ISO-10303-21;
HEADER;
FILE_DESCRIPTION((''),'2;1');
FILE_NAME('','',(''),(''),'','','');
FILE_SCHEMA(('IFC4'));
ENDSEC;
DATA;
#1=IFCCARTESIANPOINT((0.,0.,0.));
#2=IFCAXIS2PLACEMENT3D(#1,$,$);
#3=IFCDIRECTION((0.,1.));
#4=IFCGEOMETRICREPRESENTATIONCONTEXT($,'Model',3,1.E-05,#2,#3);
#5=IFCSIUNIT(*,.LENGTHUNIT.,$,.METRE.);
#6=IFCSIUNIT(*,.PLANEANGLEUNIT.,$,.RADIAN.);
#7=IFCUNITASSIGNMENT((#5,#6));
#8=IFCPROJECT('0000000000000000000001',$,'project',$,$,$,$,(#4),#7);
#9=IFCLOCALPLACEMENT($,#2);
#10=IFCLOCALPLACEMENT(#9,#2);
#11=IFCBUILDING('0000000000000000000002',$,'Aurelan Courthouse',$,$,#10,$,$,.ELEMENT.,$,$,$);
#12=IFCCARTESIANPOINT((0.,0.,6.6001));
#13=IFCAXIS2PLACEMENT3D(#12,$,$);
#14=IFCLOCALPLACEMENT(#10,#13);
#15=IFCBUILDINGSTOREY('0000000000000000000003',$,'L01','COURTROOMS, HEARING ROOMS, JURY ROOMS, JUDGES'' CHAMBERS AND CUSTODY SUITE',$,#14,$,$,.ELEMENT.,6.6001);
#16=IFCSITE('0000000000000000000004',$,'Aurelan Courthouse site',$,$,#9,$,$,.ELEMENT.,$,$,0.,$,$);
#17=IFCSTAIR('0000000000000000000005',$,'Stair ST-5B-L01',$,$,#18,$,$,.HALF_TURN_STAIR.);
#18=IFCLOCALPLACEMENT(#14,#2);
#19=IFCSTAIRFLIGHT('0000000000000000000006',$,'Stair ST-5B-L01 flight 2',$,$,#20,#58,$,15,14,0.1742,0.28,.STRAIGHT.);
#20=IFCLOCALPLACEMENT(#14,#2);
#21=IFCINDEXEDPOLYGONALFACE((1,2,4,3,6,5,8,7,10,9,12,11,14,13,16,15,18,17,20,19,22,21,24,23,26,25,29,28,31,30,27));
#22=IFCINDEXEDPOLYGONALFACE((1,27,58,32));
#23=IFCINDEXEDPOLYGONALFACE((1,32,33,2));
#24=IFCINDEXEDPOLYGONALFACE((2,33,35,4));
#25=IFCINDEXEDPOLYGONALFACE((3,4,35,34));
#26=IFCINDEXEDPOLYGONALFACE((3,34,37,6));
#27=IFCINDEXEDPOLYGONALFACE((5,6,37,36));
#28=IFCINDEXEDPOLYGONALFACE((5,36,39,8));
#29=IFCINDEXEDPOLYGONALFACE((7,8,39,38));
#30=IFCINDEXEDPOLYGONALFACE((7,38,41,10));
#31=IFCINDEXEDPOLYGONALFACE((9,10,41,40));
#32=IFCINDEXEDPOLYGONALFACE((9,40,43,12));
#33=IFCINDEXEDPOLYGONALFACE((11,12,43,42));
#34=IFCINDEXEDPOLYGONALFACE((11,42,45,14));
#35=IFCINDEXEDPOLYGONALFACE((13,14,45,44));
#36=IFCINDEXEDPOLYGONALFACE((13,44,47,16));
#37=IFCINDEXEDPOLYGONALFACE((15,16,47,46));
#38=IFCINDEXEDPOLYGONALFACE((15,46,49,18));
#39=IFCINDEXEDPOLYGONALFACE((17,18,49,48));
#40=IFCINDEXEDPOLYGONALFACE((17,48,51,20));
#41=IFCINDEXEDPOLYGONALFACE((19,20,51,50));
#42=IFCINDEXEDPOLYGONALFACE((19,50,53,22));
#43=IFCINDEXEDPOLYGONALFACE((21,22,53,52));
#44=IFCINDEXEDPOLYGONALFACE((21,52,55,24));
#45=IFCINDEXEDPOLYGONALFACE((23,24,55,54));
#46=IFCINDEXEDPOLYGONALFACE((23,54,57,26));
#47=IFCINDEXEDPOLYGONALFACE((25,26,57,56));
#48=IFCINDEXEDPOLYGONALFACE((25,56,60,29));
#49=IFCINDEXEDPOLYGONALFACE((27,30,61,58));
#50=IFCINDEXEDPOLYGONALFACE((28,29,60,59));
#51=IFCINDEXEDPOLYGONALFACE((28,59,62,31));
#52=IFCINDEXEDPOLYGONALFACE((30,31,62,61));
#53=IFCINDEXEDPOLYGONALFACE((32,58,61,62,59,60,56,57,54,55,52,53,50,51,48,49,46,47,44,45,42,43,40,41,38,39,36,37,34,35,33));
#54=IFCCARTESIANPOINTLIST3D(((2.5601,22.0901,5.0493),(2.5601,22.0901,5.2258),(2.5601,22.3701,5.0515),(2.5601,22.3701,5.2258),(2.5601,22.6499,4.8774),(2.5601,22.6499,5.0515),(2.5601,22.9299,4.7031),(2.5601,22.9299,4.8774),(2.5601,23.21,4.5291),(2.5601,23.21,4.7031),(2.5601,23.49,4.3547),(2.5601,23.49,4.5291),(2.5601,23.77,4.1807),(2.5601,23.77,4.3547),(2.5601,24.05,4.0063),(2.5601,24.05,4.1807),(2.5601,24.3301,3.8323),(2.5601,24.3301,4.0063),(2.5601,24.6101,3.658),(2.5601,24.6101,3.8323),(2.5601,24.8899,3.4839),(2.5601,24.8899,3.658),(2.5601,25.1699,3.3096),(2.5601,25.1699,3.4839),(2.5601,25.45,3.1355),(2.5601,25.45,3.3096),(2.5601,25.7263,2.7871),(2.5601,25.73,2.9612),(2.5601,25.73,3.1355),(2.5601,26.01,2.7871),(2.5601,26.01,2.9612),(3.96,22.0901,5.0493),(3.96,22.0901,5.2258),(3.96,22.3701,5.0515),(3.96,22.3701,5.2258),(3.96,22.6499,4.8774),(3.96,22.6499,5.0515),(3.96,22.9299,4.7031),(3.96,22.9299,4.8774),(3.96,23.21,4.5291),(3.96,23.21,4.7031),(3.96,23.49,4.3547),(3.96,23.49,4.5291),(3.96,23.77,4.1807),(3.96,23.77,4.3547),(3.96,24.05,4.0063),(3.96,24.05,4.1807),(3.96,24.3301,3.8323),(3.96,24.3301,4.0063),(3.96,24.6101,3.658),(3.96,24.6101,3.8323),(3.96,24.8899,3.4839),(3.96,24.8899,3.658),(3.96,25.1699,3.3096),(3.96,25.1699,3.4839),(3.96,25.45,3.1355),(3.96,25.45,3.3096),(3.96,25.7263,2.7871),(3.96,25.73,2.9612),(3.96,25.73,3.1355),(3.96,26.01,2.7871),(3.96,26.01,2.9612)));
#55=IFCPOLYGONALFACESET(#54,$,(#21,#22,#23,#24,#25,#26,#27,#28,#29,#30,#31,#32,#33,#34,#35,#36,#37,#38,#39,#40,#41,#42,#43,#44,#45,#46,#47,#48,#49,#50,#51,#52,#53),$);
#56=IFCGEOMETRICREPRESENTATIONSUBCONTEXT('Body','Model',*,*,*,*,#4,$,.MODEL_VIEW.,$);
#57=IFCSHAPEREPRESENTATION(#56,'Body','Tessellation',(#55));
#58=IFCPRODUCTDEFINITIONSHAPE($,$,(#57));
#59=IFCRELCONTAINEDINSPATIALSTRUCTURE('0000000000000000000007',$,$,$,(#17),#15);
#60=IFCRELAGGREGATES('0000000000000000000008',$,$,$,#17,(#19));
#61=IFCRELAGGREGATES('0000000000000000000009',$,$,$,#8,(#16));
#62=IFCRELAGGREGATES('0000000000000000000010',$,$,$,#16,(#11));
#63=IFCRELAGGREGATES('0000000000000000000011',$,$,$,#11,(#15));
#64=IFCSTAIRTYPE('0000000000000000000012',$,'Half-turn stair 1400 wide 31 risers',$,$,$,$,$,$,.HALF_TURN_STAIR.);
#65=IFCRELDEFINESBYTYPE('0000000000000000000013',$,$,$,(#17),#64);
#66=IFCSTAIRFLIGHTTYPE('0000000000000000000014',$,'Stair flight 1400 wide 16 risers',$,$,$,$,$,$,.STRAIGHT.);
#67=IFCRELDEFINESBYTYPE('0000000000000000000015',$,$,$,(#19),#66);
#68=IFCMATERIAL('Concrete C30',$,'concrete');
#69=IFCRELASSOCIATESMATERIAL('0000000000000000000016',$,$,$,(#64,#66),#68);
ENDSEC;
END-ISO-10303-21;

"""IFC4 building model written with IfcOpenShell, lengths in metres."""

from ifc_helpers import new_model, si_unit, direction, frame, origin, place, context, subcontext, project, spatial, polyline, outline, extrude, material, type_object, element, aggregate, save


model = new_model("IFC4")

# Units and contexts
model_context = context("Model", 3, precision=1e-05, world=origin(), true_north=direction((0.0, 1.0)))
body_context = subcontext(model_context, "Body", "Model", "MODEL_VIEW")
ifc_project = project(units=[si_unit("LENGTHUNIT", "METRE"), si_unit("PLANEANGLEUNIT", "RADIAN")], contexts=[model_context])

# Site, building, storey
site_placement = place(None, origin())
site = spatial("IfcSite", under=ifc_project, at=site_placement, Name="Aurelan Courthouse site", CompositionType="ELEMENT", RefElevation=0.0)
building_placement = place(site_placement, origin())
building = spatial("IfcBuilding", under=site, at=building_placement, Name="Aurelan Courthouse", CompositionType="ELEMENT")
storey_placement = place(building_placement, frame((0.0, 0.0, 6.6001)))
storey = spatial("IfcBuildingStorey", under=building, at=storey_placement, Name="L01", Description="COURTROOMS, HEARING ROOMS, JURY ROOMS, JUDGES' CHAMBERS AND CUSTODY SUITE", CompositionType="ELEMENT", Elevation=6.6001)

# Shared definitions
ifc_material_1 = material(Name="Concrete C30", Category="concrete")

# Stair, stair flight
stair_type = type_object("IfcStairType", Name="Half-turn stair 1400 wide 31 risers", PredefinedType="HALF_TURN_STAIR", material=ifc_material_1)
stair_placement = place(storey_placement, origin())
stair = element("IfcStair", 1, at=stair_placement, inside=storey, type_object=stair_type, Name="Stair ST-5B-L01", PredefinedType="HALF_TURN_STAIR")
stair_flight_type = type_object("IfcStairFlightType", Name="Stair flight 1400 wide 16 risers", PredefinedType="STRAIGHT", material=ifc_material_1)
stair_flight_placement = place(storey_placement, frame((3.26, 26.01, 2.7871), z_axis=(0.0, 0.0, 1.0), x_axis=(0.0, -1.0, 0.0)))
stair_flight = element("IfcStairFlight", 2, at=stair_flight_placement, type_object=stair_flight_type, Name="Stair ST-5B-L01 flight 2", NumberOfRisers=15, NumberOfTreads=14, PredefinedType="STRAIGHT", RiserHeight=0.1742, TreadLength=0.28, context=body_context, shape_type="SweptSolid", body=[
    extrude(outline(polyline([(0.0, 0.0), (0.0, 0.1741), (0.28, 0.1741), (0.28, 0.3484), (0.5601, 0.3484), (0.5601, 0.5225), (0.8401, 0.5225), (0.8401, 0.6968), (1.1201, 0.6968), (1.1201, 0.8708), (1.3999, 0.8708), (1.3999, 1.0452), (1.6799, 1.0452), (1.6799, 1.2192), (1.96, 1.2192), (1.96, 1.3936), (2.24, 1.3936), (2.24, 1.5676), (2.52, 1.5676), (2.52, 1.7419), (2.8, 1.7419), (2.8, 1.916), (3.0801, 1.916), (3.0801, 2.0903), (3.3601, 2.0903), (3.3601, 2.2644), (3.6399, 2.2644), (3.6399, 2.4387), (3.9199, 2.4387), (3.9199, 2.6128), (3.9199, 2.2622), (0.2837, 0.0), (0.0, 0.0)])), frame((0.0, 0.7, 0.0), z_axis=(0.0, -1.0, 0.0), x_axis=(1.0, 0.0, 0.0)), (0.0, 0.0, 1.0), 1.3999),
])
aggregate(stair, [stair_flight])

save(model, "model.ifc")
